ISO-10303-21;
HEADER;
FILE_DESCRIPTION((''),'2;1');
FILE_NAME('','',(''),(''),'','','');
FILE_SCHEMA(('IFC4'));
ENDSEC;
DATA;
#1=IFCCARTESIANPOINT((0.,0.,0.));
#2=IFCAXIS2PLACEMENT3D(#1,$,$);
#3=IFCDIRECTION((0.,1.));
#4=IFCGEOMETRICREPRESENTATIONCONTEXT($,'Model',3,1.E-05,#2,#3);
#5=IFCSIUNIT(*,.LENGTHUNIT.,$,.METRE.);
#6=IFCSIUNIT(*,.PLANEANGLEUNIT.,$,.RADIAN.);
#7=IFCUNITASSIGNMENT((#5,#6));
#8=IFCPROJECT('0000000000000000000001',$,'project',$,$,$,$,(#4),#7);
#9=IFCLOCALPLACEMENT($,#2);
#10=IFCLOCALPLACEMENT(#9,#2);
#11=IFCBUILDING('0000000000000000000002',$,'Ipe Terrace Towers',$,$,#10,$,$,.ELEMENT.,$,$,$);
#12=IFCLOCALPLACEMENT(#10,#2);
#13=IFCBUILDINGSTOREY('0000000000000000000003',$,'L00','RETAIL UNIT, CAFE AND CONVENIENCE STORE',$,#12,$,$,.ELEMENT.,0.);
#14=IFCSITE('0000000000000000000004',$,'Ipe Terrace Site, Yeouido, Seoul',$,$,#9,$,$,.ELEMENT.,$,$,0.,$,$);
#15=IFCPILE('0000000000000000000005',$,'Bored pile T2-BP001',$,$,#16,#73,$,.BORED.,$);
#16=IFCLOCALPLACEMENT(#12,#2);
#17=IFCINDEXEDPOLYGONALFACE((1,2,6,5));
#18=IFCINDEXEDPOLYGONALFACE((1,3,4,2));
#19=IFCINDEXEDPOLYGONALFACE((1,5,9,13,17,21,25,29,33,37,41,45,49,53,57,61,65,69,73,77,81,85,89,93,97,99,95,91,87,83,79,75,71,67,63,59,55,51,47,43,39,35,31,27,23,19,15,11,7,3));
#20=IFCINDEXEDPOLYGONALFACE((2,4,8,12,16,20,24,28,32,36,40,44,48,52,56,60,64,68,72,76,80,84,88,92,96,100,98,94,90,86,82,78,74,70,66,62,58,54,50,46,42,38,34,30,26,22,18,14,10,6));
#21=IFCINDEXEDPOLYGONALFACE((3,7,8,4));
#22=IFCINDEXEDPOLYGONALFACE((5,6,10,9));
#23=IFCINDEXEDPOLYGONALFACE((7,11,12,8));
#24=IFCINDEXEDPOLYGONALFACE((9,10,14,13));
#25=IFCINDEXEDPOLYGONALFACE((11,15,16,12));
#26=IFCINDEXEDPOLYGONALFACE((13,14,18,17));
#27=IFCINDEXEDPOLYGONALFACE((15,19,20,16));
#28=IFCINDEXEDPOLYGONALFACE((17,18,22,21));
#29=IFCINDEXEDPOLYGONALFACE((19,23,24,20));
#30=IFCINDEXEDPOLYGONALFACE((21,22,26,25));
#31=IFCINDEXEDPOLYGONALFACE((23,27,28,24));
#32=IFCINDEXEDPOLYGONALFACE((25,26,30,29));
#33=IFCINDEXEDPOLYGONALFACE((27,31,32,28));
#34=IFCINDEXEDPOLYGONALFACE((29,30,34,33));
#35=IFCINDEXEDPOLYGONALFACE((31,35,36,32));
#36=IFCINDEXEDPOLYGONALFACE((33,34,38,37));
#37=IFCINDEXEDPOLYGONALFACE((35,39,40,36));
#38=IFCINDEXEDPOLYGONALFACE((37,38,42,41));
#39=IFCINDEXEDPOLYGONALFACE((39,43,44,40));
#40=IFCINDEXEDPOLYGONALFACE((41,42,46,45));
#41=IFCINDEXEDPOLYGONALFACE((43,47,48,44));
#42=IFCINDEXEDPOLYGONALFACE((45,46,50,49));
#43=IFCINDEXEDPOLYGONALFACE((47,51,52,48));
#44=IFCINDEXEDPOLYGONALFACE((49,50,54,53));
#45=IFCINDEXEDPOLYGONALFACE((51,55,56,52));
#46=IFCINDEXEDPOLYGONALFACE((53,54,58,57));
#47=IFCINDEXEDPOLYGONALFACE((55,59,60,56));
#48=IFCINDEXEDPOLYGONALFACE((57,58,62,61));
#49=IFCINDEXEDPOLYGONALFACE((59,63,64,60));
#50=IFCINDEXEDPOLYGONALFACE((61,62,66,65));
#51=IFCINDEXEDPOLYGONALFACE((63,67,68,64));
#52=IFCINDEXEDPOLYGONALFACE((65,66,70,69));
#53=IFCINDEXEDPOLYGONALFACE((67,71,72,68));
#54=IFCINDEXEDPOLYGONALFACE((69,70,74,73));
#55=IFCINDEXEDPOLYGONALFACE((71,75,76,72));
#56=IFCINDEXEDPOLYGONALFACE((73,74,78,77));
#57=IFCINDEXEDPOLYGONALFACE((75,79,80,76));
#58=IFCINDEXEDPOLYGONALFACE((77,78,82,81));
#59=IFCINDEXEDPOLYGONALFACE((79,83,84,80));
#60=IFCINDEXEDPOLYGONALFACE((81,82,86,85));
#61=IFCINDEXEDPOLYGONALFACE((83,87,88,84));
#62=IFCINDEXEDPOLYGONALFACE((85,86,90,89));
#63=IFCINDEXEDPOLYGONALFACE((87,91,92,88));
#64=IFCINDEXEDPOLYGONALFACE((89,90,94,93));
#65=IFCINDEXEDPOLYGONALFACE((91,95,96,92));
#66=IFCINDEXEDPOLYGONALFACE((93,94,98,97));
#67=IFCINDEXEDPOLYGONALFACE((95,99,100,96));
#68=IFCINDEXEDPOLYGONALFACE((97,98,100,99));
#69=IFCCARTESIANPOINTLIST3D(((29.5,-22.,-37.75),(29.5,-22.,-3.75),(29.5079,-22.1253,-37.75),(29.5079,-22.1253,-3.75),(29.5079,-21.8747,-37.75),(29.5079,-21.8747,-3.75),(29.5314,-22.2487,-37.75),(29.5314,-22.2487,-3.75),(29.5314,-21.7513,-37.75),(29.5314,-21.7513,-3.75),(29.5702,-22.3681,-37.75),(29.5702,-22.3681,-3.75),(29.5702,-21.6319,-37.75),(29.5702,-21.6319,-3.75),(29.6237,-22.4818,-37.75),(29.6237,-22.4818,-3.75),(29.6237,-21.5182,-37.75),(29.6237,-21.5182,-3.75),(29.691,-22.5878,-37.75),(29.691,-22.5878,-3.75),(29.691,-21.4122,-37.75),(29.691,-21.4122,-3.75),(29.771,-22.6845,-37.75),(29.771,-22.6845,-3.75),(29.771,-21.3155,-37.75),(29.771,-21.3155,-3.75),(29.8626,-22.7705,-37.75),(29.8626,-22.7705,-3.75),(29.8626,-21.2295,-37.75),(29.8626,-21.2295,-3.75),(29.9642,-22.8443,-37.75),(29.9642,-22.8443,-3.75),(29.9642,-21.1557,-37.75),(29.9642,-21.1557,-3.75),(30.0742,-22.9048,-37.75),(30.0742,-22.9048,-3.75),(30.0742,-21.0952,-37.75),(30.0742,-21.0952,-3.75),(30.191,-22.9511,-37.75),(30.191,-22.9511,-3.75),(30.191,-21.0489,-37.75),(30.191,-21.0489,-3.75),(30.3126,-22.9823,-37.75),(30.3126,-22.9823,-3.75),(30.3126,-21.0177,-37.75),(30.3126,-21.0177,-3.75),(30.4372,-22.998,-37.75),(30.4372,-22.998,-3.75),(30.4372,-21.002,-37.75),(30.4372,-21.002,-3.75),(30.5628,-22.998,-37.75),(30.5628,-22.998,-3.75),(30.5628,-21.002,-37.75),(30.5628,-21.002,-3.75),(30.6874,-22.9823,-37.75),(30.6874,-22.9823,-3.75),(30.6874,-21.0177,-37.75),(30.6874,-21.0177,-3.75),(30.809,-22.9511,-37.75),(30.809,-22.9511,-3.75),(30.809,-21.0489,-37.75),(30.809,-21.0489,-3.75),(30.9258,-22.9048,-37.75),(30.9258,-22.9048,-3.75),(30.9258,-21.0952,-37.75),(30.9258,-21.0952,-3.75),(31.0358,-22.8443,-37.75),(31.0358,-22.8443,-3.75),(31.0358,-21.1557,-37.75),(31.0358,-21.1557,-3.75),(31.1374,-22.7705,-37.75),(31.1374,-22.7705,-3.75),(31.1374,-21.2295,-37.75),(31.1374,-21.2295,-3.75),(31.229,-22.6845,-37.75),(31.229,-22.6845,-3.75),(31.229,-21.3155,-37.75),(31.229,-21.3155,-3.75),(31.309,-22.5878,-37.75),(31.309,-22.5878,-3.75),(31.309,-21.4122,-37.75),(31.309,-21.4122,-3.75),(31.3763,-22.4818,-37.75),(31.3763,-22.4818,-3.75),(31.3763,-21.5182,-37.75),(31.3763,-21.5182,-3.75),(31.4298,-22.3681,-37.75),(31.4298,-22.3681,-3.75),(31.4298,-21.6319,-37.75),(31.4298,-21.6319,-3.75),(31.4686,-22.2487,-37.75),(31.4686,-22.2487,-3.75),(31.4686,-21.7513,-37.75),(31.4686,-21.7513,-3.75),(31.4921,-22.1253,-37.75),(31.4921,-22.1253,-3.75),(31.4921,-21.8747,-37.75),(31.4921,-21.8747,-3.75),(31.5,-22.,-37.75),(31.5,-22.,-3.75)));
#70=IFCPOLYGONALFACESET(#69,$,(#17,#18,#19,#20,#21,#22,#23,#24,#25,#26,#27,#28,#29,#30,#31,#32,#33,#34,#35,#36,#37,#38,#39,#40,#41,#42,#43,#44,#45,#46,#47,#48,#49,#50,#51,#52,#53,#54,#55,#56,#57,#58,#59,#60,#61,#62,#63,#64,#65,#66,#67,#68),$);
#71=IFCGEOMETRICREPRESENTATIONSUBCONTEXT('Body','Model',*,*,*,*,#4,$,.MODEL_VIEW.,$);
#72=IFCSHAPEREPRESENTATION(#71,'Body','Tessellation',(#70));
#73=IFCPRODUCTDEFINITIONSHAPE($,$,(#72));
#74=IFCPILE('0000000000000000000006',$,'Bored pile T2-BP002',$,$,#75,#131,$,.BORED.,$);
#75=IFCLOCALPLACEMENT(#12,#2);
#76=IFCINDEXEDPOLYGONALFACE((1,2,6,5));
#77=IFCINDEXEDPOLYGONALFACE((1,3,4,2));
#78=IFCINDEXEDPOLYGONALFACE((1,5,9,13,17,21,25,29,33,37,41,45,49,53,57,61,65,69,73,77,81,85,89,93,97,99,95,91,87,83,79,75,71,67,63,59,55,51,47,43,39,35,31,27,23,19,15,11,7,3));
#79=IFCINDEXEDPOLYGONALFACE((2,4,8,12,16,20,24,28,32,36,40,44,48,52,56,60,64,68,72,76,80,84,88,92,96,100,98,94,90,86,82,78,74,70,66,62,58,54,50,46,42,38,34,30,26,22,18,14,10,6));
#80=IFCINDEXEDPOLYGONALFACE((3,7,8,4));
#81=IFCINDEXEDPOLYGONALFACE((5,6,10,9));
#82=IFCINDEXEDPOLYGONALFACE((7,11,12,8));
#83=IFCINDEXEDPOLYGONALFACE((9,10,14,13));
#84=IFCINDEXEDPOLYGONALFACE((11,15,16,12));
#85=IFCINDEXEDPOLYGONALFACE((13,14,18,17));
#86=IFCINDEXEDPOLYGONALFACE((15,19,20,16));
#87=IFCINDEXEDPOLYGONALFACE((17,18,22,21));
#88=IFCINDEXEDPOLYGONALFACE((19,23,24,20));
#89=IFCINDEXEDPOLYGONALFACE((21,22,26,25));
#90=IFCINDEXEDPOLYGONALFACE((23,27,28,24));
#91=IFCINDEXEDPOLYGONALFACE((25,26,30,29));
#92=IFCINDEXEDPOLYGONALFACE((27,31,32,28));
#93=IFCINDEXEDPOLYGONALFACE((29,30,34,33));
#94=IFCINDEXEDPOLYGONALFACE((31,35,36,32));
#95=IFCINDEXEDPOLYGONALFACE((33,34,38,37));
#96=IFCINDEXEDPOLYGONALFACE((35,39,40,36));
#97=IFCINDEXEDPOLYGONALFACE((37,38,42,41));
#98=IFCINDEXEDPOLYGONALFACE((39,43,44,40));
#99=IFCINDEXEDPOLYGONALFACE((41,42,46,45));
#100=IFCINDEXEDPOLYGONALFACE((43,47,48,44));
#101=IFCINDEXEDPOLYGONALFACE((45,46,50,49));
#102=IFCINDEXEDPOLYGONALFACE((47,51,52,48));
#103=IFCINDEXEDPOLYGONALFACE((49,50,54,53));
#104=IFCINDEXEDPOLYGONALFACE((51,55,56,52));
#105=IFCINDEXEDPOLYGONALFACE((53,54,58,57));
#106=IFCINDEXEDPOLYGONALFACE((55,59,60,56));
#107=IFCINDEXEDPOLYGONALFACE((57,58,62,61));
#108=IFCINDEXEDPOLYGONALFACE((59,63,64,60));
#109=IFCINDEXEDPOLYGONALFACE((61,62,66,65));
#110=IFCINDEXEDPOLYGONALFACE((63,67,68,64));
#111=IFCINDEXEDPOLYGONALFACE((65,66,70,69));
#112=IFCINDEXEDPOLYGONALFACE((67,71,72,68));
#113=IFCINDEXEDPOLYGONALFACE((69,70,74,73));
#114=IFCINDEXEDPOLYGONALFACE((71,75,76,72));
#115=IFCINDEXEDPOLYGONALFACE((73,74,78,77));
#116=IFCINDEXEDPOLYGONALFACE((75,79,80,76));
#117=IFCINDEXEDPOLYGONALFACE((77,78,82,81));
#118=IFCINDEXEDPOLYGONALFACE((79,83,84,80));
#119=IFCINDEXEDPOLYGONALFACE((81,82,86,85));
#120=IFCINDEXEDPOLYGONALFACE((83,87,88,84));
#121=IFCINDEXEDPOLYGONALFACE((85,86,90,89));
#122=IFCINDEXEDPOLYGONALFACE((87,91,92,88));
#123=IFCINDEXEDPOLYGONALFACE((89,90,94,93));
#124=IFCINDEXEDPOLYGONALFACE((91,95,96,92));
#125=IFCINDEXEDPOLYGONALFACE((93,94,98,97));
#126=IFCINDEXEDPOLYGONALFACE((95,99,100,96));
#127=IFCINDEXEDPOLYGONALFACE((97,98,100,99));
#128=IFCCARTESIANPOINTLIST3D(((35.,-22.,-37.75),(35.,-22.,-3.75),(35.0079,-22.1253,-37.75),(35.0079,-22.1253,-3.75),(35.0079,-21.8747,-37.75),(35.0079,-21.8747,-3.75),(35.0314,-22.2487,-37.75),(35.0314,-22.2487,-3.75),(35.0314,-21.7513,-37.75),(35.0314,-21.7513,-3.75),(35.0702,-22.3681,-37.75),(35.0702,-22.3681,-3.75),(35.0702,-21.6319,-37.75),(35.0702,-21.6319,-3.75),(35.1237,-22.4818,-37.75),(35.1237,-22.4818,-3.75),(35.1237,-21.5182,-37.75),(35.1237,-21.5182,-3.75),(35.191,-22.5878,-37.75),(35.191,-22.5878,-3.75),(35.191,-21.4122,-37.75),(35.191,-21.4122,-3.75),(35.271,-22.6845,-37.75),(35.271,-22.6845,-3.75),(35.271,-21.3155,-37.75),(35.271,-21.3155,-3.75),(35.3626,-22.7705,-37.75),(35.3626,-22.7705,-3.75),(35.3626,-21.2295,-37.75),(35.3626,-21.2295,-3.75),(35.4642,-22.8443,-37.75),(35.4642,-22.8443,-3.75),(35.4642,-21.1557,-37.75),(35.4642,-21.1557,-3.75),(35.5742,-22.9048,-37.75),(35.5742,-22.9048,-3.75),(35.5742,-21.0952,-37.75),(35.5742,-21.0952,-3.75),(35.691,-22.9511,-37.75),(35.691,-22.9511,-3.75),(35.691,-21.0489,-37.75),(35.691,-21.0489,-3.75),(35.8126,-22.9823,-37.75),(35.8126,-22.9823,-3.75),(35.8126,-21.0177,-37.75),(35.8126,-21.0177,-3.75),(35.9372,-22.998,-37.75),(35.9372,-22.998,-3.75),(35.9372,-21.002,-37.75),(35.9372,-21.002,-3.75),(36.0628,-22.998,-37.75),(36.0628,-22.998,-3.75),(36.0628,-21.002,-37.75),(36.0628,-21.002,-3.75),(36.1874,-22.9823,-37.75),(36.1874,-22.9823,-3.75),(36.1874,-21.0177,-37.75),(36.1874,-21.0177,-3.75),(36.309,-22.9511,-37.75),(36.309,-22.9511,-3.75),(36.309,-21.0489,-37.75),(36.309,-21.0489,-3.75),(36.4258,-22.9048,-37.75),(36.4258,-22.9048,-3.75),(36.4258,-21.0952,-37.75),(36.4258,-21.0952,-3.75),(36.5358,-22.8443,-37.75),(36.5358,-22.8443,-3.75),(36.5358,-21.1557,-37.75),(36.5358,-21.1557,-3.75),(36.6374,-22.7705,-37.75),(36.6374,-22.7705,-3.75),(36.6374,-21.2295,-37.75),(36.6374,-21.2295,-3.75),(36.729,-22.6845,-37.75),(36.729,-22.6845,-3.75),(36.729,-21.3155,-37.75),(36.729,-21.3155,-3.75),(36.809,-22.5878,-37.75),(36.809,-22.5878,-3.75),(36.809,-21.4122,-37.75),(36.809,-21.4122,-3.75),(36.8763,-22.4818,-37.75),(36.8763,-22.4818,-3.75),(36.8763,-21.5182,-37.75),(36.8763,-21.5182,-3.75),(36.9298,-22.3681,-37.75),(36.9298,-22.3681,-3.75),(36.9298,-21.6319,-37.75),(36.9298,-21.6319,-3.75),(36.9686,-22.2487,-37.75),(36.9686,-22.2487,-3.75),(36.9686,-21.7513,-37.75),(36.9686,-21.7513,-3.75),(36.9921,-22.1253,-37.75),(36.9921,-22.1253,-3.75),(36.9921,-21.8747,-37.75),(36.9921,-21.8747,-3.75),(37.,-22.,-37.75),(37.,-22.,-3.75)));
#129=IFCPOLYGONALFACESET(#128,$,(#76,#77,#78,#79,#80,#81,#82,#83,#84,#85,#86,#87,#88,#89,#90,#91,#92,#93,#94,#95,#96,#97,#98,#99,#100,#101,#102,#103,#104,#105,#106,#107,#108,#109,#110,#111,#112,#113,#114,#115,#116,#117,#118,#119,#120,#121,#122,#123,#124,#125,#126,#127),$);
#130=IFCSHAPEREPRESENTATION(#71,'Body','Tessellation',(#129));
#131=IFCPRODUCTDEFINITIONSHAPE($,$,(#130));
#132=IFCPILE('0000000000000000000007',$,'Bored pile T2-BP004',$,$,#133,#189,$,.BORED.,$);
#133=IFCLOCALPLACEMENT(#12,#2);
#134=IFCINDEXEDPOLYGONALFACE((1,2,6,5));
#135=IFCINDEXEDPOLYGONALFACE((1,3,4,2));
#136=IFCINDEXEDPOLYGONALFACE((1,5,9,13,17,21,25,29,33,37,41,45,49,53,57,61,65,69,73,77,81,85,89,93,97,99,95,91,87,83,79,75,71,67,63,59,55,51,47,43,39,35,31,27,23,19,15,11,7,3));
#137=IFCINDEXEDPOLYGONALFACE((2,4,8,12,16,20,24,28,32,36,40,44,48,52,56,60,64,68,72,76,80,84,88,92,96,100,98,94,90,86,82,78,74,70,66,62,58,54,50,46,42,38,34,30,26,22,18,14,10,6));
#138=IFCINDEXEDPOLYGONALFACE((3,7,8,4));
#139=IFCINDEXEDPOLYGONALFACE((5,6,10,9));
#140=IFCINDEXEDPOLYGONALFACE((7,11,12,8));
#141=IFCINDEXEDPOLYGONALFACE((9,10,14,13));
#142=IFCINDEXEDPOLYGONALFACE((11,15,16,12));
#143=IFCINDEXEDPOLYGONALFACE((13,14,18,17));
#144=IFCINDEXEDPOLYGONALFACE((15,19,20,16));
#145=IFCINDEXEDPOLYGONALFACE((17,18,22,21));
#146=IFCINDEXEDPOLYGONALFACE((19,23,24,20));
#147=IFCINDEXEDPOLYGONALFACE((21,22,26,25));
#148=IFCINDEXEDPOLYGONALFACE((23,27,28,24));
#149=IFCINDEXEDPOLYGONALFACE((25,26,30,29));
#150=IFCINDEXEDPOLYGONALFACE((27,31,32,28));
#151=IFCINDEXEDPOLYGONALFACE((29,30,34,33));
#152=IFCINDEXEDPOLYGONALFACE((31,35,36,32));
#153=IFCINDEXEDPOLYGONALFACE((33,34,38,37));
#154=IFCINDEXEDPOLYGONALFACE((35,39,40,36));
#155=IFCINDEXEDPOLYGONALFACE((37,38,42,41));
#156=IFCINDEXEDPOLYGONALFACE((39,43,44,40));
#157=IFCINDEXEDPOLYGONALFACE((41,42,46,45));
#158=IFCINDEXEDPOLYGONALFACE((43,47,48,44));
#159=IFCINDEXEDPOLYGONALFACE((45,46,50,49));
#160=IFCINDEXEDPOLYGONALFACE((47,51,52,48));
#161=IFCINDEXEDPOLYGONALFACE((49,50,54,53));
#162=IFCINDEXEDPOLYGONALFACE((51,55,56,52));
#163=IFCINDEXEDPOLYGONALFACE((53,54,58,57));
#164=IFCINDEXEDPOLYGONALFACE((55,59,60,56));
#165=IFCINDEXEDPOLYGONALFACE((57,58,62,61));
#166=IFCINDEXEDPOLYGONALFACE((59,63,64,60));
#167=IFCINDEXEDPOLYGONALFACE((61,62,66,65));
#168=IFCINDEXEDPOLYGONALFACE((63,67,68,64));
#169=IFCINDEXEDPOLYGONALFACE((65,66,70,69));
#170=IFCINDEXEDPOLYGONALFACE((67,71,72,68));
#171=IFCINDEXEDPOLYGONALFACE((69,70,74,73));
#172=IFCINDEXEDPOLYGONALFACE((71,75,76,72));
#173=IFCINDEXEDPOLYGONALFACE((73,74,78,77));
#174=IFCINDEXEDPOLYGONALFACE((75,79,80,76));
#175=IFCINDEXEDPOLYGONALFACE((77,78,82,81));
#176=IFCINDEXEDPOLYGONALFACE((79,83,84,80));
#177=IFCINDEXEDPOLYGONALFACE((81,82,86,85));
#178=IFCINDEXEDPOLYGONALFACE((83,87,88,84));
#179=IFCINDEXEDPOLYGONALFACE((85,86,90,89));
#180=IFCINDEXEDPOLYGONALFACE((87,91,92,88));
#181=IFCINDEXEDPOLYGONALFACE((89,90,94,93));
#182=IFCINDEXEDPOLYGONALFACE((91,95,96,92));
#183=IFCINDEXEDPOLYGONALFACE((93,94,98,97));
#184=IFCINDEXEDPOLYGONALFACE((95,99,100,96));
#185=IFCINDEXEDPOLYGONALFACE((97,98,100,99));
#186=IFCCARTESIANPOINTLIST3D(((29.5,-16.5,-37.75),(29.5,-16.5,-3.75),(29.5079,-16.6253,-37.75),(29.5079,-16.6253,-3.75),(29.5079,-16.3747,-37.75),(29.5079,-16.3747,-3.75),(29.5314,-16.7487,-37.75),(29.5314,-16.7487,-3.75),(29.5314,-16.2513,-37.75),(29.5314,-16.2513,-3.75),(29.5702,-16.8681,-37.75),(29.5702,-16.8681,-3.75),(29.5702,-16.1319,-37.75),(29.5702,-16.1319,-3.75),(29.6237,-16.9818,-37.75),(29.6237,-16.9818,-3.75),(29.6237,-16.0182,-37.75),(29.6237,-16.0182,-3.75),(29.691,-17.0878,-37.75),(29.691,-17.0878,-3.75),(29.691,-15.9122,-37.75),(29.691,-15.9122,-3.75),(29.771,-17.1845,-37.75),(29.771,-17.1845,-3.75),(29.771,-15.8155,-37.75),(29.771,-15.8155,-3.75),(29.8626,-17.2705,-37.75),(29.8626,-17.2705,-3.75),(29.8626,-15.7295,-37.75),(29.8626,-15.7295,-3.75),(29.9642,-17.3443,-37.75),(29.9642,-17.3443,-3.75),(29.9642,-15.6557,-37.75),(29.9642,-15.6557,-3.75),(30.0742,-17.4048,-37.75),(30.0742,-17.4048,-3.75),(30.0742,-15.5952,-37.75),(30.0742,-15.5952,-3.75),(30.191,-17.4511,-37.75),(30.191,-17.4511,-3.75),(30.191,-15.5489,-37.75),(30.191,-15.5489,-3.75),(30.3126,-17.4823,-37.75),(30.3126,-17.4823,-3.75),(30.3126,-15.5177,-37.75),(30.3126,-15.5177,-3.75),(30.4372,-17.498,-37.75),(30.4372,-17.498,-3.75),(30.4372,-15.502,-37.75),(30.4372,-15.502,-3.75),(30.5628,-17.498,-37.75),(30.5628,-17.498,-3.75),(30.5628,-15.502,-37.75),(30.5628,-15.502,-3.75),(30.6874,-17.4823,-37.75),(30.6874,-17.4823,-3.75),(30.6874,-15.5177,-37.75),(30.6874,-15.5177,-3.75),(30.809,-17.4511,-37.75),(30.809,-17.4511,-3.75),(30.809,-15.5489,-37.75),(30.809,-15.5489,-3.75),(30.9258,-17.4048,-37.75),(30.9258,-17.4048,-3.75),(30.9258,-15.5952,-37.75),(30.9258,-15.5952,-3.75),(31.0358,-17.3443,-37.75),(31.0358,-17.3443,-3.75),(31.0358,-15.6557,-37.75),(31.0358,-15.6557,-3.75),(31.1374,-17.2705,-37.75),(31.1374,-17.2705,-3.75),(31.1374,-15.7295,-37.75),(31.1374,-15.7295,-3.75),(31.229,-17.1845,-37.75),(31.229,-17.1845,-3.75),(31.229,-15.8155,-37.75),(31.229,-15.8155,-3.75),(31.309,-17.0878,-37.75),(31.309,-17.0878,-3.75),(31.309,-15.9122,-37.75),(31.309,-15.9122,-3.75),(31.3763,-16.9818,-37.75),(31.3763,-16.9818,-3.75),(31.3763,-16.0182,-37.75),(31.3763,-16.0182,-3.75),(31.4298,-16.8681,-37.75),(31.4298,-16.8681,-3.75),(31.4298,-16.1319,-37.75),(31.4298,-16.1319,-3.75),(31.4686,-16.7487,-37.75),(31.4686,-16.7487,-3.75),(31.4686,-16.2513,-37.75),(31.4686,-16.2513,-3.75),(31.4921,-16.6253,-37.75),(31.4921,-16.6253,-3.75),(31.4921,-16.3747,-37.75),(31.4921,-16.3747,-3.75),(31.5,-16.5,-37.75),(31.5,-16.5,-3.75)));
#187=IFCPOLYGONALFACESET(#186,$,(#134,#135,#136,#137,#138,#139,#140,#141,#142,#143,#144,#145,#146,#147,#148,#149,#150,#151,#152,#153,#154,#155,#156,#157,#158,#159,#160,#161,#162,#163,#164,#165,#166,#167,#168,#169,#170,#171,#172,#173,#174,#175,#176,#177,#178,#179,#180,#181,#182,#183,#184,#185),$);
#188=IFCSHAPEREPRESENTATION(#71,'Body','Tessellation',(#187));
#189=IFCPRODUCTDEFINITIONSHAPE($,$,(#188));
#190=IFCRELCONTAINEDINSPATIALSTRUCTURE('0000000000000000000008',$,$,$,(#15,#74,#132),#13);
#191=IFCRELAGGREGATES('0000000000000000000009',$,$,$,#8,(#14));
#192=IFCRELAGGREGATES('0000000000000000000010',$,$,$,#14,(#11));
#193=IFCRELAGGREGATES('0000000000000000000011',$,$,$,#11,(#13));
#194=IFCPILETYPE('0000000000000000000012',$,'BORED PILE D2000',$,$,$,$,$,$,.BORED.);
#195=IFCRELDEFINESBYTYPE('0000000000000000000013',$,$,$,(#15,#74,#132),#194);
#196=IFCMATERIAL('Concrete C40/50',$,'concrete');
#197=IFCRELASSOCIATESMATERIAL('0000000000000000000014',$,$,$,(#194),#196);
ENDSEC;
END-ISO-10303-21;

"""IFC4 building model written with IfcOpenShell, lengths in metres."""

from ifc_helpers import new_model, si_unit, direction, frame, origin, origin_2d, place, context, subcontext, project, spatial, circle, extrude, material, material_profile, profile_set, type_object, element, save


model = new_model("IFC4")

# Units and contexts
model_context = context("Model", 3, precision=1e-05, world=origin(), true_north=direction((0.0, 1.0)))
body_context = subcontext(model_context, "Body", "Model", "MODEL_VIEW")
ifc_project = project(units=[si_unit("LENGTHUNIT", "METRE"), si_unit("PLANEANGLEUNIT", "RADIAN")], contexts=[model_context])

# Site, building, storey
site_placement = place(None, origin())
site = spatial("IfcSite", under=ifc_project, at=site_placement, Name="Ipe Terrace Site, Yeouido, Seoul", CompositionType="ELEMENT", RefElevation=0.0)
building_placement = place(site_placement, origin())
building = spatial("IfcBuilding", under=site, at=building_placement, Name="Ipe Terrace Towers", CompositionType="ELEMENT")
storey_placement = place(building_placement, origin())
storey = spatial("IfcBuildingStorey", under=building, at=storey_placement, Name="L00", Description="RETAIL UNIT, CAFE AND CONVENIENCE STORE", CompositionType="ELEMENT", Elevation=0.0)

# Piles
ifc_material_1 = material(Name="Concrete C40/50", Category="concrete")
ifc_material_profile_1 = material_profile(ifc_material_1, circle(Radius=1.0, at=origin_2d()), Name="BORED PILE D2000")
ifc_profile_set_1 = profile_set([ifc_material_profile_1], Name="Concrete C40/50")
pile_type = type_object("IfcPileType", Name="BORED PILE D2000", PredefinedType="BORED", material=ifc_profile_set_1)
for number, where, z_axis, x_axis, name in (
    (1, (30.5, -22.0, -3.75), (0.0, 0.0, -1.0), (1.0, 0.0, 0.0), "Bored pile T2-BP001"),
    (2, (36.0, -22.0, -3.75), (0.0, 0.0, -1.0), (1.0, 0.0, 0.0), "Bored pile T2-BP002"),
    (3, (30.5, -16.5, -3.75), (0.0, 0.0, -1.0), (1.0, 0.0, 0.0), "Bored pile T2-BP004"),
):
    element("IfcPile", number, at=place(storey_placement, frame(where, z_axis=z_axis, x_axis=x_axis)), inside=storey, type_object=pile_type, Name=name, PredefinedType="BORED", context=body_context, shape_type="SweptSolid", body=[
        extrude(circle(Radius=1.0, at=origin_2d()), origin(), (0.0, 0.0, 1.0), 34.0),
    ])

save(model, "model.ifc")
